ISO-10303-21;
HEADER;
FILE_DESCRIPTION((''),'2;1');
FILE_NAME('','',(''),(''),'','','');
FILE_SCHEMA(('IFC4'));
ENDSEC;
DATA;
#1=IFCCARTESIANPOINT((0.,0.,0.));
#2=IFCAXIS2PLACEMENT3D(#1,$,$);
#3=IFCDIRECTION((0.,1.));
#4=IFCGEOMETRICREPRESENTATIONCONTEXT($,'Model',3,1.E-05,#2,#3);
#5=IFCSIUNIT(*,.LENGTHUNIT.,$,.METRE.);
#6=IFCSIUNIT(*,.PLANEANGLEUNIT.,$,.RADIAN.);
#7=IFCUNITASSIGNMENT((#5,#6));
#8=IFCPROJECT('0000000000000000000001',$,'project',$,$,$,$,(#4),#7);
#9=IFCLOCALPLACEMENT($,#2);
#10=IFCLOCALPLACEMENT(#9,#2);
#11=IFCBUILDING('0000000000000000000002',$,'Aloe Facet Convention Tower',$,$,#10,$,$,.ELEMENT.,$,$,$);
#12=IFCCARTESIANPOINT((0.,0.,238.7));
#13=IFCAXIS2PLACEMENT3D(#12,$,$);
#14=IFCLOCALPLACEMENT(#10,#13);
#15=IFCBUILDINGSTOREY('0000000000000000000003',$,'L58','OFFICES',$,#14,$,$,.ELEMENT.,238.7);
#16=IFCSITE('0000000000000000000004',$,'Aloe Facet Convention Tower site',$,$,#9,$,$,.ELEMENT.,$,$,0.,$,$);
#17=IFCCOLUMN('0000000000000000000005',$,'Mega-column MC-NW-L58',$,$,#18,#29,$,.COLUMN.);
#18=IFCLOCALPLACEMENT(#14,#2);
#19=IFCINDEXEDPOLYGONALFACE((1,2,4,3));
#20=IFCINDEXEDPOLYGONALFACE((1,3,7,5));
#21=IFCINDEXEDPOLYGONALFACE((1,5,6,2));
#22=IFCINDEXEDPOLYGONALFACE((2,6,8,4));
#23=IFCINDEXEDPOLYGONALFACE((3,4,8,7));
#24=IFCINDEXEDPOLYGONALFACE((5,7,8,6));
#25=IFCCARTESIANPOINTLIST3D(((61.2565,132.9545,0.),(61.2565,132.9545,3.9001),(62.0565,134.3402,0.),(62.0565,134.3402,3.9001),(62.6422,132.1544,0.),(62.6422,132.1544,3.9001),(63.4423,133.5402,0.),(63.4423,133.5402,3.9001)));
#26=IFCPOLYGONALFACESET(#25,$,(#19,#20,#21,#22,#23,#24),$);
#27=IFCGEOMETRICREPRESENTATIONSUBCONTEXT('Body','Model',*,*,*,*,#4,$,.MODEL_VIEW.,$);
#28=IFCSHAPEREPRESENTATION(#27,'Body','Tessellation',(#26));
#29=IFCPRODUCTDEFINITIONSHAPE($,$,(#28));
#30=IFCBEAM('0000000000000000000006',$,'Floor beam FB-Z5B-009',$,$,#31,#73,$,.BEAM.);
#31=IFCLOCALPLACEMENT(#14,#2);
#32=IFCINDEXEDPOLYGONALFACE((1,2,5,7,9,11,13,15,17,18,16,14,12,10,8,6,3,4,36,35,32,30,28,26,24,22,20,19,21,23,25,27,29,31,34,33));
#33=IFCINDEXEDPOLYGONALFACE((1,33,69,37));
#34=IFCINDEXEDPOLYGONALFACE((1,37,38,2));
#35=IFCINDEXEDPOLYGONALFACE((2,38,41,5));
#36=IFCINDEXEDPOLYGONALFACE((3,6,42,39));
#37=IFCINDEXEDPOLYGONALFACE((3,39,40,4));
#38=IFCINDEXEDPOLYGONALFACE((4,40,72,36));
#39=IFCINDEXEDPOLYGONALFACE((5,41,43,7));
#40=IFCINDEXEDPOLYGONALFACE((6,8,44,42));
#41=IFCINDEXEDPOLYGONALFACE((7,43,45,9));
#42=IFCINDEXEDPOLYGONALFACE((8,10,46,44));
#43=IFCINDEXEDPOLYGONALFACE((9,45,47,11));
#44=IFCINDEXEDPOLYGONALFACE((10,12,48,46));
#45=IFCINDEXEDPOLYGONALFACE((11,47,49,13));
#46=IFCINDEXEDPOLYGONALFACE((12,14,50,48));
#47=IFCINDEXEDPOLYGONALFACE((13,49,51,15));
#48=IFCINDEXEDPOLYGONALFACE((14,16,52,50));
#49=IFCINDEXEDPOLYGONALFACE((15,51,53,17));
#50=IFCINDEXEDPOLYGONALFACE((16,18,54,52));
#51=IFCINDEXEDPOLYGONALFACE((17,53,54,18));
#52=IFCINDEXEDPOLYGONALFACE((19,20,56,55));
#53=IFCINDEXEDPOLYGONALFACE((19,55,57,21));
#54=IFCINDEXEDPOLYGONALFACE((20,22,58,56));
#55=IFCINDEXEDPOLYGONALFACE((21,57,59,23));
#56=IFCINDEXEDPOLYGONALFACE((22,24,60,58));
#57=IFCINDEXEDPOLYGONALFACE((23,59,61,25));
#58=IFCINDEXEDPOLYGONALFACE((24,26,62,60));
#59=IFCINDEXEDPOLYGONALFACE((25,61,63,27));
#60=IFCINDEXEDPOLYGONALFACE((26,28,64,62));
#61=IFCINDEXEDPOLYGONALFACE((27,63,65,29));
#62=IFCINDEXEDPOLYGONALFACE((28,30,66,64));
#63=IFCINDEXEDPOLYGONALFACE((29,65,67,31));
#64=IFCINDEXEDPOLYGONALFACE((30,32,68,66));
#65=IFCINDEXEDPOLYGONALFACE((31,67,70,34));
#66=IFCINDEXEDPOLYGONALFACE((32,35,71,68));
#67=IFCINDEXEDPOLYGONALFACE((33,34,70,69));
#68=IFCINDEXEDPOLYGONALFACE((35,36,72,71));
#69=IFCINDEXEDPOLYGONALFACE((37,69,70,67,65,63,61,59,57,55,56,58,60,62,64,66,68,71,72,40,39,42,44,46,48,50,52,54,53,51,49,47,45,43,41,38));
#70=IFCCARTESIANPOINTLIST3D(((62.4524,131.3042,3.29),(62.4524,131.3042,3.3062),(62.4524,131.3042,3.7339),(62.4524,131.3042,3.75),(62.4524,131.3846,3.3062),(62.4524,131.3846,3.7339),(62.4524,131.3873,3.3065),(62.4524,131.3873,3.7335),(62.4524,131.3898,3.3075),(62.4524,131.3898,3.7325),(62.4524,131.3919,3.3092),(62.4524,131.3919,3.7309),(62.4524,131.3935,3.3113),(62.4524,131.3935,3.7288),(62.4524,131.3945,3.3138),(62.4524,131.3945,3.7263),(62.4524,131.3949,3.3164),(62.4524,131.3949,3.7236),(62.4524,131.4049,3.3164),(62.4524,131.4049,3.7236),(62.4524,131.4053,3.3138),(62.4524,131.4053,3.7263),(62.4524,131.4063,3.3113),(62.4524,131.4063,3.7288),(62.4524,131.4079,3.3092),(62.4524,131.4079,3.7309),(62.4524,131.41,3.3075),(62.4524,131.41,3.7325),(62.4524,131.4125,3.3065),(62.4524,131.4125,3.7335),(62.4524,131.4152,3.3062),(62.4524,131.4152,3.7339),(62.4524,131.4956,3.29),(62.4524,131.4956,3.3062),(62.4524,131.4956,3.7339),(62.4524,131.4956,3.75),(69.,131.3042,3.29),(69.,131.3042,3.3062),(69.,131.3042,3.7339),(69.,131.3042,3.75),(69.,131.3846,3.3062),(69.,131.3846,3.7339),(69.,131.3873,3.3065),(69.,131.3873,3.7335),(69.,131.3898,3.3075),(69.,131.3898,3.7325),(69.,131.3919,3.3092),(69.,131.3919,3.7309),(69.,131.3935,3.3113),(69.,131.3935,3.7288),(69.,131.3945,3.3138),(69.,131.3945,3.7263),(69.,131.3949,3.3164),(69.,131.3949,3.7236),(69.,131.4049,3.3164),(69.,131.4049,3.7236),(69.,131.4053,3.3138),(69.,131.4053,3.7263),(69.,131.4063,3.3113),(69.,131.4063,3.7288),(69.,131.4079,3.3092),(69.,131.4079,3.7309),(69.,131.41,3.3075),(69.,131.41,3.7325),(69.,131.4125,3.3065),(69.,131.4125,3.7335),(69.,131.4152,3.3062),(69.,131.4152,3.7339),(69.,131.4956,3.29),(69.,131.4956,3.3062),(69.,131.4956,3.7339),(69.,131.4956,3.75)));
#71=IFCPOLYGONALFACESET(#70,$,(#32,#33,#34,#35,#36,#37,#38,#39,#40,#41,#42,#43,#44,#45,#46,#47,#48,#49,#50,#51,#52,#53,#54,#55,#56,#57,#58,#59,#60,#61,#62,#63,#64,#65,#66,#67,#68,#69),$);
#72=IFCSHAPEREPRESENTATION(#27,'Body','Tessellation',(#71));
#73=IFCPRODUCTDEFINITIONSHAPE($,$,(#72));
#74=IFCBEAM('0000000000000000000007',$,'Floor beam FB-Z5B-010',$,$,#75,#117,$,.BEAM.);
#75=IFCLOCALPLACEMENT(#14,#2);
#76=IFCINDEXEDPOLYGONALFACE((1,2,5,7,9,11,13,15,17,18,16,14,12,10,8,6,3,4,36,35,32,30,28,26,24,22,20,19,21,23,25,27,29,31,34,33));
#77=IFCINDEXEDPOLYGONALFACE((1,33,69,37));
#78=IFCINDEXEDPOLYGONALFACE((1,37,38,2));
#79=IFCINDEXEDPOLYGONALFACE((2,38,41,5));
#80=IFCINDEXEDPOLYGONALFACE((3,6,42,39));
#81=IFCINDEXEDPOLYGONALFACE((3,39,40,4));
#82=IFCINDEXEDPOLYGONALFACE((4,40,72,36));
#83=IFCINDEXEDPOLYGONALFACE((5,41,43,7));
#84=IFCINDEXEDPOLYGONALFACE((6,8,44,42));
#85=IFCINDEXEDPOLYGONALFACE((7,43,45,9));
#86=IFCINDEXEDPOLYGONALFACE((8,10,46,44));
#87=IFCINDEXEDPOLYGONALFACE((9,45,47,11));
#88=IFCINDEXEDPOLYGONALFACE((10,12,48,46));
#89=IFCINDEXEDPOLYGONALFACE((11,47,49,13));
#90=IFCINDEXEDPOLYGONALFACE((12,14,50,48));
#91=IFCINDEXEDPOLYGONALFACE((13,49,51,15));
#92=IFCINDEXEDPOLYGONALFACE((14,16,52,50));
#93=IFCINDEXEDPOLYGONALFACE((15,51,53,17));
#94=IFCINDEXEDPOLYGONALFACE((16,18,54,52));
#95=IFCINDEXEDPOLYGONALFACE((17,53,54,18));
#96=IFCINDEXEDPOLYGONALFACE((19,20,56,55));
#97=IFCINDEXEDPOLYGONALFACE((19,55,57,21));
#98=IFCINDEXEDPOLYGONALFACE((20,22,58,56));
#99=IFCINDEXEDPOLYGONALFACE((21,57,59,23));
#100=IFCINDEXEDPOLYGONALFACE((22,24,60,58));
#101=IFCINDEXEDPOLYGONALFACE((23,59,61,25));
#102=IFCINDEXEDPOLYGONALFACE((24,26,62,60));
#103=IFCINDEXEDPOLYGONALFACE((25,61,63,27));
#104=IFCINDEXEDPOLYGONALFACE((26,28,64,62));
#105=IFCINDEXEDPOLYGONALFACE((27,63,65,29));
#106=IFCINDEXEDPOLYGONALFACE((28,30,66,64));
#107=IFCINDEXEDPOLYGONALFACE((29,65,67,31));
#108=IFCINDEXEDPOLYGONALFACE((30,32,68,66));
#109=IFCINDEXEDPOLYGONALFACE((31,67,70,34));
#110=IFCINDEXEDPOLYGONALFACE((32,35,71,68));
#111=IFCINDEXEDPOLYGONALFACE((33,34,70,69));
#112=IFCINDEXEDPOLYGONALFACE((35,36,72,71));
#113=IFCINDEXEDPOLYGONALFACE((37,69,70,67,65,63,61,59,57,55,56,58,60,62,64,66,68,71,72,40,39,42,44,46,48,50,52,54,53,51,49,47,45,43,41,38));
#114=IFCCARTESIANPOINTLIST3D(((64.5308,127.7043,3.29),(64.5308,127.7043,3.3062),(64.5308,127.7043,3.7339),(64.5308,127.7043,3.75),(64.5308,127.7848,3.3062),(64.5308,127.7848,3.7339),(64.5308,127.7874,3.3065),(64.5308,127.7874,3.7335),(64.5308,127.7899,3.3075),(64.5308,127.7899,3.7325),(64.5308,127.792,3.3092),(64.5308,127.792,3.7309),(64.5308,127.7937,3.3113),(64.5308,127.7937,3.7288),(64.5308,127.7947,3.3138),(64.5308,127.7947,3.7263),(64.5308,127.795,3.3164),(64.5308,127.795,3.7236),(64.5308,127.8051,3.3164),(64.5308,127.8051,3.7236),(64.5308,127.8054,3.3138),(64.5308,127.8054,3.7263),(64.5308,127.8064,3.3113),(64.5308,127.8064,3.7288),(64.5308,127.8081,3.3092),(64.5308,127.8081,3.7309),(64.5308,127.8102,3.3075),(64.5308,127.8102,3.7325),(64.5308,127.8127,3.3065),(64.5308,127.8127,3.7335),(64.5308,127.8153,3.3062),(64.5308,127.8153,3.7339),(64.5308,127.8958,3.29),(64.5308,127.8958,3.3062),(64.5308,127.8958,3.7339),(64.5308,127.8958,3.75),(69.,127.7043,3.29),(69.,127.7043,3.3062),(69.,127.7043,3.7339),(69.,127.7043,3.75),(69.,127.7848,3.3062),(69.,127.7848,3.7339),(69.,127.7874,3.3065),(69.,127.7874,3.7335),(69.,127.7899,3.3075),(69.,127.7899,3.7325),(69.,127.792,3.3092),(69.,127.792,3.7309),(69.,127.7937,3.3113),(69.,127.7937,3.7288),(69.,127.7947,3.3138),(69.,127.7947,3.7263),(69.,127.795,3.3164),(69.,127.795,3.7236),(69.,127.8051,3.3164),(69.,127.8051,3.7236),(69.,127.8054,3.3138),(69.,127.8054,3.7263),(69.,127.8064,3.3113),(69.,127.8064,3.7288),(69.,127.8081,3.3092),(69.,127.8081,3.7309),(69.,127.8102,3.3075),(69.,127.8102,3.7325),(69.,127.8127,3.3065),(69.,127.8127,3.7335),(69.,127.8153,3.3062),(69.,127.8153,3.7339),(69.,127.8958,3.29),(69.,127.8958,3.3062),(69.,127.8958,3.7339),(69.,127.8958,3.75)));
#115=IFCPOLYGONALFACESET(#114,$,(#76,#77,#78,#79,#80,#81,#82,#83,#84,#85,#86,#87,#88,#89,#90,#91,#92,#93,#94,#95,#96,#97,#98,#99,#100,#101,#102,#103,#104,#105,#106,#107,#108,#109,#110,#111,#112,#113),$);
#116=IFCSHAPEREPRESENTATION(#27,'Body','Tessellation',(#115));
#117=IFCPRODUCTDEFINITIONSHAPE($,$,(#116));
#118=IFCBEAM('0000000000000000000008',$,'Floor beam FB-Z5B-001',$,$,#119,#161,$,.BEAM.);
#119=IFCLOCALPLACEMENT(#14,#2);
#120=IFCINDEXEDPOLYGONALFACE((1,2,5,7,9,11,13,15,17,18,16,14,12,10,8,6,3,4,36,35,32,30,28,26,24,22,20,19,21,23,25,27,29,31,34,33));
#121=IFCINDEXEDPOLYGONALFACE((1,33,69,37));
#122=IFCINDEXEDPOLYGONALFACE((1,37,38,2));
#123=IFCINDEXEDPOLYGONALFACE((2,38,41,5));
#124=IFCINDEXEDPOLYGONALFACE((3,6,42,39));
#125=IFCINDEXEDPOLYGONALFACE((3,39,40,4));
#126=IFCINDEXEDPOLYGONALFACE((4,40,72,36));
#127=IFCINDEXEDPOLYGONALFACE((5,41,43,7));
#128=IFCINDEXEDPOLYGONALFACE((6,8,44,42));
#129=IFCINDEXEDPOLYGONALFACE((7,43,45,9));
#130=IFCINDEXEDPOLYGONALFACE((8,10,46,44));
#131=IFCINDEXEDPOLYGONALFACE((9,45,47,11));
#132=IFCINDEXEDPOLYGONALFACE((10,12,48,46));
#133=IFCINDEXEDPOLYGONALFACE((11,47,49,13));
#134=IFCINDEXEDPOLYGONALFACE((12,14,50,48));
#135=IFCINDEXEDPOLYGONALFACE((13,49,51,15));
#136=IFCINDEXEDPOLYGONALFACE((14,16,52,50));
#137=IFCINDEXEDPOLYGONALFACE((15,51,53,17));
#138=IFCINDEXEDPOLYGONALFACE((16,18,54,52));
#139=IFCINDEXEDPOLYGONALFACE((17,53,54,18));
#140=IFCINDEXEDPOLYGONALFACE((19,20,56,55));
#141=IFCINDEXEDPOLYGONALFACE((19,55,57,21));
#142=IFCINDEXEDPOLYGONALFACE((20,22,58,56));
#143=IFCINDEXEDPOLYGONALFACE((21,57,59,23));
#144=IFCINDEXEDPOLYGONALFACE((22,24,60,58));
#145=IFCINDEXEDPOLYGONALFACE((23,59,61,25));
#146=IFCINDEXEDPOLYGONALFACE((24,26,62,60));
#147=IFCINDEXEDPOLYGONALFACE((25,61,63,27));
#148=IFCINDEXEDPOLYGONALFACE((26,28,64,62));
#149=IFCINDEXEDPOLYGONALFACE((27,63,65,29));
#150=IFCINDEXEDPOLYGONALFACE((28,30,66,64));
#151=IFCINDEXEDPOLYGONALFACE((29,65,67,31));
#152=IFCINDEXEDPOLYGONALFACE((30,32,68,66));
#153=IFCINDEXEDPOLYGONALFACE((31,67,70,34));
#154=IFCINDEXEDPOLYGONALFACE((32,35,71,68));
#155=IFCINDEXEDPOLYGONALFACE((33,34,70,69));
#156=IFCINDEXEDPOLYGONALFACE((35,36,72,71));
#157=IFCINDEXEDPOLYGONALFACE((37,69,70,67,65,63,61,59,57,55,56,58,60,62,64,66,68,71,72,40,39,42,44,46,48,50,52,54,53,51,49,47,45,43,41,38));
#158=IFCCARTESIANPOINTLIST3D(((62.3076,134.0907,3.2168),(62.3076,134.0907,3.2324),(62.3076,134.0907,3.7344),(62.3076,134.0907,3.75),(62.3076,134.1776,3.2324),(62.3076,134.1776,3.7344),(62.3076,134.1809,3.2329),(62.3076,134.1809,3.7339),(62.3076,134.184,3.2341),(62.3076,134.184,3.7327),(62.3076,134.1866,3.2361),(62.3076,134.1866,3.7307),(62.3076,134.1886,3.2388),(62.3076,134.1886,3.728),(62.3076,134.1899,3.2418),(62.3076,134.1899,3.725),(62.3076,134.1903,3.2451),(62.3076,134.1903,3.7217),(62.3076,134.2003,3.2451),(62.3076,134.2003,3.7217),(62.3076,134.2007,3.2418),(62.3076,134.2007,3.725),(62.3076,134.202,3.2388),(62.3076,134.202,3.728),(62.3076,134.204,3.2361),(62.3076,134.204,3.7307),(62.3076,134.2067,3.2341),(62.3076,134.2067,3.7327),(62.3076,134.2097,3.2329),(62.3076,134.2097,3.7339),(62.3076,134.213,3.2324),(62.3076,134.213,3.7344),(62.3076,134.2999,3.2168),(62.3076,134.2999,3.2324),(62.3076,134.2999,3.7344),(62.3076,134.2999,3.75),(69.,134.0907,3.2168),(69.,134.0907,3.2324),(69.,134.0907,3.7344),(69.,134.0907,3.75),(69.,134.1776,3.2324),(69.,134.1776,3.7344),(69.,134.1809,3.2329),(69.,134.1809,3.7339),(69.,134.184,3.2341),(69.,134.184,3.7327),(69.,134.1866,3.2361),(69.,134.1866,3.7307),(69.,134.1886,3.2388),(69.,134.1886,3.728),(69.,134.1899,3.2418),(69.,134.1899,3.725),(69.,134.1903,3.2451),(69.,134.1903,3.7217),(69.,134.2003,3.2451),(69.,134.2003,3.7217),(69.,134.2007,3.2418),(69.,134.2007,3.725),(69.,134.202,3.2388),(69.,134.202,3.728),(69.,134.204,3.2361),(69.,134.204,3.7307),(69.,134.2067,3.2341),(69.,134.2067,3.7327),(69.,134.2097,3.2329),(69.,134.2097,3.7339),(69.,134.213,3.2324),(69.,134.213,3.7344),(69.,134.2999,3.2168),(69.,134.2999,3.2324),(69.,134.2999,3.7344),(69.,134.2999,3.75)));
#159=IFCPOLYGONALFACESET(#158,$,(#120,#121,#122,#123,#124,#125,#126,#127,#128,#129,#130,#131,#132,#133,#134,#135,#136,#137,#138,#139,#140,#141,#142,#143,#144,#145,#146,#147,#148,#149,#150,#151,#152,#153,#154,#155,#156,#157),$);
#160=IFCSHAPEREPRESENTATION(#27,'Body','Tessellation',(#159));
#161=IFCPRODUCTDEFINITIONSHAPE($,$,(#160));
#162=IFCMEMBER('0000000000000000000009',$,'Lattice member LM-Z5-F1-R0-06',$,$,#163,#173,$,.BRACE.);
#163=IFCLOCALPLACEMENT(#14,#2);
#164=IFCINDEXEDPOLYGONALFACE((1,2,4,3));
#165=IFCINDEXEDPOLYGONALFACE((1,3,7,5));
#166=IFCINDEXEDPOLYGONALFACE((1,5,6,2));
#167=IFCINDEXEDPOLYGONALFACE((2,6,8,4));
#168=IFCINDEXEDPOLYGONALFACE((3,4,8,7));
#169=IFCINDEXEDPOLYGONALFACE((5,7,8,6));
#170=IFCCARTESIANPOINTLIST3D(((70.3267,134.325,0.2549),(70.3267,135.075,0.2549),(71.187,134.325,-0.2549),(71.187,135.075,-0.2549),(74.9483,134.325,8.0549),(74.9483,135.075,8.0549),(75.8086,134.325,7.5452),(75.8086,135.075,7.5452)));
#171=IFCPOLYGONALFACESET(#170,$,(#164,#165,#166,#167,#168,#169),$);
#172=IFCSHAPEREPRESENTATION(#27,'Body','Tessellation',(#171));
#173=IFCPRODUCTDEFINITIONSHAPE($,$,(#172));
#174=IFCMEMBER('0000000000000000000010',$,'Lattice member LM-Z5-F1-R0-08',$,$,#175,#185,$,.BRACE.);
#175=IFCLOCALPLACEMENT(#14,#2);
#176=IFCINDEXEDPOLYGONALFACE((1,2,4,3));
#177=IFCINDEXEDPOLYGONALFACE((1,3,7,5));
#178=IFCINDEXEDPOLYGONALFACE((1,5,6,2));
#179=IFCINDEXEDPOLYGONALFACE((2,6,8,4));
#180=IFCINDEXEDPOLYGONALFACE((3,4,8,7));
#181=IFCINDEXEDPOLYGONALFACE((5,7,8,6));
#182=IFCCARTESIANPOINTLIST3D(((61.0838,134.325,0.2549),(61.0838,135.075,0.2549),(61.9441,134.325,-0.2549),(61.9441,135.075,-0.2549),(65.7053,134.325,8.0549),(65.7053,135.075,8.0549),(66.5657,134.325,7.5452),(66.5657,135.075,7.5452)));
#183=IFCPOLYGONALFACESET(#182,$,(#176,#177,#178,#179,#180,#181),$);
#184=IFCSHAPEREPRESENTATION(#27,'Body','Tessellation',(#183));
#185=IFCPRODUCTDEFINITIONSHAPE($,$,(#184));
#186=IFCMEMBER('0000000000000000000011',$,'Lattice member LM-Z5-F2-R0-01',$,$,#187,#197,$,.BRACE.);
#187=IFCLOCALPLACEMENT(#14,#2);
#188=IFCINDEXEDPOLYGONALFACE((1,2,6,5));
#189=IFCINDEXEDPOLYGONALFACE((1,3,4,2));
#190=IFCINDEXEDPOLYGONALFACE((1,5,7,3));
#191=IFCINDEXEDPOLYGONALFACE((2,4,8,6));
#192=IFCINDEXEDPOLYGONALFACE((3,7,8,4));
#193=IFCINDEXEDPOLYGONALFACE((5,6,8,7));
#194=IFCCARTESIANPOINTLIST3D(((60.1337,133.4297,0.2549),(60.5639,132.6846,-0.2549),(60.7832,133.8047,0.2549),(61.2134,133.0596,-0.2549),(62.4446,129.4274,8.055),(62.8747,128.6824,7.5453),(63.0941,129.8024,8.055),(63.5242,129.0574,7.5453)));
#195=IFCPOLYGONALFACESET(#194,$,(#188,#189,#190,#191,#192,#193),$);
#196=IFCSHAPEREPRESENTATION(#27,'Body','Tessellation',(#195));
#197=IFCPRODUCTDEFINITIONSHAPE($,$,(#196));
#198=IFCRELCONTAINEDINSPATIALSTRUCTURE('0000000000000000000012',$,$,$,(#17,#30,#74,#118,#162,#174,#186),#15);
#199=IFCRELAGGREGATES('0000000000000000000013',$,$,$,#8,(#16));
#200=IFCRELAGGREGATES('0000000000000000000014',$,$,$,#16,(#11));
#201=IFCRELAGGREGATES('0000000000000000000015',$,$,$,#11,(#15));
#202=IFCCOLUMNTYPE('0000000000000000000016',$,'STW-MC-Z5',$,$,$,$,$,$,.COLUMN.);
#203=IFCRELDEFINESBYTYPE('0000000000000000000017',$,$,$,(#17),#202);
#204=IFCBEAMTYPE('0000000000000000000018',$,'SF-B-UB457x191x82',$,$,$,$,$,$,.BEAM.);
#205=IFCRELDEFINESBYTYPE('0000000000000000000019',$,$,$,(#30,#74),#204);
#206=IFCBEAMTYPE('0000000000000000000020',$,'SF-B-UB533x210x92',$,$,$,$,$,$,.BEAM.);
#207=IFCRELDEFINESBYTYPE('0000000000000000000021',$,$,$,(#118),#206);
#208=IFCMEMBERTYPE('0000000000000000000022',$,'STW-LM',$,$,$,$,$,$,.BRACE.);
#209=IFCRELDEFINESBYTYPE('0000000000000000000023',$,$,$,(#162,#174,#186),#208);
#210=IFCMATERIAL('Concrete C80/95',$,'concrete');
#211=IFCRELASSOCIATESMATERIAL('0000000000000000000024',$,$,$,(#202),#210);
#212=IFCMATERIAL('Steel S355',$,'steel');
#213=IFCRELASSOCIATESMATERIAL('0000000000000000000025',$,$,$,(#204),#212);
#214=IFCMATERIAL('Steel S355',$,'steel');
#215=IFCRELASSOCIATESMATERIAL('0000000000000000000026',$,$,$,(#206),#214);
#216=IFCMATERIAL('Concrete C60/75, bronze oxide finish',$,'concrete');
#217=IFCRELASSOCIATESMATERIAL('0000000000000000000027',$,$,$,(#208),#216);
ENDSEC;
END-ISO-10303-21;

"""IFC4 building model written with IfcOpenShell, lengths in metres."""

from ifc_helpers import new_model, si_unit, direction, frame, origin, origin_2d, place, context, subcontext, project, spatial, rectangle, i_section, extrude, material, material_profile, profile_set, type_object, element, save


model = new_model("IFC4")

# Units and contexts
model_context = context("Model", 3, precision=1e-05, world=origin(), true_north=direction((0.0, 1.0)))
body_context = subcontext(model_context, "Body", "Model", "MODEL_VIEW")
ifc_project = project(units=[si_unit("LENGTHUNIT", "METRE"), si_unit("PLANEANGLEUNIT", "RADIAN")], contexts=[model_context])

# Site, building, storey
site_placement = place(None, origin())
site = spatial("IfcSite", under=ifc_project, at=site_placement, Name="Aloe Facet Convention Tower site", CompositionType="ELEMENT", RefElevation=0.0)
building_placement = place(site_placement, origin())
building = spatial("IfcBuilding", under=site, at=building_placement, Name="Aloe Facet Convention Tower", CompositionType="ELEMENT")
storey_placement = place(building_placement, frame((0.0, 0.0, 238.7)))
storey = spatial("IfcBuildingStorey", under=building, at=storey_placement, Name="L58", Description="OFFICES", CompositionType="ELEMENT", Elevation=238.7)

# Column
ifc_material_1 = material(Name="Concrete C80/95", Category="concrete")
ifc_material_profile_1 = material_profile(ifc_material_1, rectangle(XDim=1.6001, YDim=1.6001, at=origin_2d()), Name="STW-MC-Z5")
ifc_profile_set_1 = profile_set([ifc_material_profile_1], Name="Concrete C80/95")
column_type = type_object("IfcColumnType", Name="STW-MC-Z5", PredefinedType="COLUMN", material=ifc_profile_set_1)
column_placement = place(storey_placement, frame((62.3494, 133.2473, 0.0), z_axis=(0.0, 0.0, 1.0), x_axis=(-0.5, -0.866025, 0.0)))
element("IfcColumn", 1, at=column_placement, inside=storey, type_object=column_type, Name="Mega-column MC-NW-L58", PredefinedType="COLUMN", context=body_context, shape_type="SweptSolid", body=[
    extrude(rectangle(XDim=1.6001, YDim=1.6001, at=origin_2d()), origin(), (0.0, 0.0, 1.0), 3.9001),
])

# Beams
ifc_material_2 = material(Name="Steel S355", Category="steel")
ifc_material_profile_2 = material_profile(ifc_material_2, i_section(OverallWidth=0.1914, OverallDepth=0.46, WebThickness=0.01, FlangeThickness=0.0161, FilletRadius=0.0103, at=origin_2d()), Name="UB 457x191x82")
ifc_profile_set_2 = profile_set([ifc_material_profile_2], Name="Steel S355")
beam_type_1 = type_object("IfcBeamType", Name="SF-B-UB457x191x82", PredefinedType="BEAM", material=ifc_profile_set_2)
beam_1_placement = place(storey_placement, frame((62.4524, 131.3999, 3.52), z_axis=(1.0, 0.0, 0.0), x_axis=(0.0, 1.0, 0.0)))
element("IfcBeam", 2, at=beam_1_placement, inside=storey, type_object=beam_type_1, Name="Floor beam FB-Z5B-009", PredefinedType="BEAM", context=body_context, shape_type="SweptSolid", body=[
    extrude(i_section(OverallWidth=0.1914, OverallDepth=0.46, WebThickness=0.01, FlangeThickness=0.0161, FilletRadius=0.0103, at=origin_2d()), origin(), (0.0, 0.0, 1.0), 6.5476),
])
beam_2_placement = place(storey_placement, frame((64.5308, 127.8, 3.52), z_axis=(1.0, 0.0, 0.0), x_axis=(0.0, 1.0, 0.0)))
element("IfcBeam", 3, at=beam_2_placement, inside=storey, type_object=beam_type_1, Name="Floor beam FB-Z5B-010", PredefinedType="BEAM", context=body_context, shape_type="SweptSolid", body=[
    extrude(i_section(OverallWidth=0.1914, OverallDepth=0.46, WebThickness=0.01, FlangeThickness=0.0161, FilletRadius=0.0103, at=origin_2d()), origin(), (0.0, 0.0, 1.0), 4.4692),
])
ifc_material_3 = material(Name="Steel S355", Category="steel")
ifc_material_profile_3 = material_profile(ifc_material_3, i_section(OverallWidth=0.2092, OverallDepth=0.5332, WebThickness=0.01, FlangeThickness=0.0156, FilletRadius=0.0127, at=origin_2d()), Name="UB 533x210x92")
ifc_profile_set_3 = profile_set([ifc_material_profile_3], Name="Steel S355")
beam_type_2 = type_object("IfcBeamType", Name="SF-B-UB533x210x92", PredefinedType="BEAM", material=ifc_profile_set_3)
beam_3_placement = place(storey_placement, frame((62.3076, 134.1953, 3.4834), z_axis=(1.0, 0.0, 0.0), x_axis=(0.0, 1.0, 0.0)))
element("IfcBeam", 4, at=beam_3_placement, inside=storey, type_object=beam_type_2, Name="Floor beam FB-Z5B-001", PredefinedType="BEAM", context=body_context, shape_type="SweptSolid", body=[
    extrude(i_section(OverallWidth=0.2092, OverallDepth=0.5332, WebThickness=0.01, FlangeThickness=0.0156, FilletRadius=0.0127, at=origin_2d()), origin(), (0.0, 0.0, 1.0), 6.6924),
])

# Members
ifc_material_4 = material(Name="Concrete C60/75, bronze oxide finish", Category="concrete")
ifc_material_profile_4 = material_profile(ifc_material_4, rectangle(XDim=0.75, YDim=1.0, at=origin_2d()), Name="STW-LM")
ifc_profile_set_4 = profile_set([ifc_material_profile_4], Name="Concrete C60/75, bronze oxide finish")
member_type = type_object("IfcMemberType", Name="STW-LM", PredefinedType="BRACE", material=ifc_profile_set_4)
for number, where, z_axis, x_axis, name in (
    (5, (70.7568, 134.7, 0.0), (0.509748, 0.0, 0.860324), (0.0, 1.0, 0.0), "Lattice member LM-Z5-F1-R0-06"),
    (6, (61.5139, 134.7, 0.0), (0.509748, 0.0, 0.860324), (0.0, 1.0, 0.0), "Lattice member LM-Z5-F1-R0-08"),
    (7, (60.6736, 133.2446, 0.0), (0.254876, -0.441436, 0.860333), (0.866014, 0.50002, 0.0), "Lattice member LM-Z5-F2-R0-01"),
):
    element("IfcMember", number, at=place(storey_placement, frame(where, z_axis=z_axis, x_axis=x_axis)), inside=storey, type_object=member_type, Name=name, PredefinedType="BRACE", context=body_context, shape_type="SweptSolid", body=[
        extrude(rectangle(XDim=0.75, YDim=1.0, at=origin_2d()), origin(), (0.0, 0.0, 1.0), 9.0664),
    ])

save(model, "model.ifc")
